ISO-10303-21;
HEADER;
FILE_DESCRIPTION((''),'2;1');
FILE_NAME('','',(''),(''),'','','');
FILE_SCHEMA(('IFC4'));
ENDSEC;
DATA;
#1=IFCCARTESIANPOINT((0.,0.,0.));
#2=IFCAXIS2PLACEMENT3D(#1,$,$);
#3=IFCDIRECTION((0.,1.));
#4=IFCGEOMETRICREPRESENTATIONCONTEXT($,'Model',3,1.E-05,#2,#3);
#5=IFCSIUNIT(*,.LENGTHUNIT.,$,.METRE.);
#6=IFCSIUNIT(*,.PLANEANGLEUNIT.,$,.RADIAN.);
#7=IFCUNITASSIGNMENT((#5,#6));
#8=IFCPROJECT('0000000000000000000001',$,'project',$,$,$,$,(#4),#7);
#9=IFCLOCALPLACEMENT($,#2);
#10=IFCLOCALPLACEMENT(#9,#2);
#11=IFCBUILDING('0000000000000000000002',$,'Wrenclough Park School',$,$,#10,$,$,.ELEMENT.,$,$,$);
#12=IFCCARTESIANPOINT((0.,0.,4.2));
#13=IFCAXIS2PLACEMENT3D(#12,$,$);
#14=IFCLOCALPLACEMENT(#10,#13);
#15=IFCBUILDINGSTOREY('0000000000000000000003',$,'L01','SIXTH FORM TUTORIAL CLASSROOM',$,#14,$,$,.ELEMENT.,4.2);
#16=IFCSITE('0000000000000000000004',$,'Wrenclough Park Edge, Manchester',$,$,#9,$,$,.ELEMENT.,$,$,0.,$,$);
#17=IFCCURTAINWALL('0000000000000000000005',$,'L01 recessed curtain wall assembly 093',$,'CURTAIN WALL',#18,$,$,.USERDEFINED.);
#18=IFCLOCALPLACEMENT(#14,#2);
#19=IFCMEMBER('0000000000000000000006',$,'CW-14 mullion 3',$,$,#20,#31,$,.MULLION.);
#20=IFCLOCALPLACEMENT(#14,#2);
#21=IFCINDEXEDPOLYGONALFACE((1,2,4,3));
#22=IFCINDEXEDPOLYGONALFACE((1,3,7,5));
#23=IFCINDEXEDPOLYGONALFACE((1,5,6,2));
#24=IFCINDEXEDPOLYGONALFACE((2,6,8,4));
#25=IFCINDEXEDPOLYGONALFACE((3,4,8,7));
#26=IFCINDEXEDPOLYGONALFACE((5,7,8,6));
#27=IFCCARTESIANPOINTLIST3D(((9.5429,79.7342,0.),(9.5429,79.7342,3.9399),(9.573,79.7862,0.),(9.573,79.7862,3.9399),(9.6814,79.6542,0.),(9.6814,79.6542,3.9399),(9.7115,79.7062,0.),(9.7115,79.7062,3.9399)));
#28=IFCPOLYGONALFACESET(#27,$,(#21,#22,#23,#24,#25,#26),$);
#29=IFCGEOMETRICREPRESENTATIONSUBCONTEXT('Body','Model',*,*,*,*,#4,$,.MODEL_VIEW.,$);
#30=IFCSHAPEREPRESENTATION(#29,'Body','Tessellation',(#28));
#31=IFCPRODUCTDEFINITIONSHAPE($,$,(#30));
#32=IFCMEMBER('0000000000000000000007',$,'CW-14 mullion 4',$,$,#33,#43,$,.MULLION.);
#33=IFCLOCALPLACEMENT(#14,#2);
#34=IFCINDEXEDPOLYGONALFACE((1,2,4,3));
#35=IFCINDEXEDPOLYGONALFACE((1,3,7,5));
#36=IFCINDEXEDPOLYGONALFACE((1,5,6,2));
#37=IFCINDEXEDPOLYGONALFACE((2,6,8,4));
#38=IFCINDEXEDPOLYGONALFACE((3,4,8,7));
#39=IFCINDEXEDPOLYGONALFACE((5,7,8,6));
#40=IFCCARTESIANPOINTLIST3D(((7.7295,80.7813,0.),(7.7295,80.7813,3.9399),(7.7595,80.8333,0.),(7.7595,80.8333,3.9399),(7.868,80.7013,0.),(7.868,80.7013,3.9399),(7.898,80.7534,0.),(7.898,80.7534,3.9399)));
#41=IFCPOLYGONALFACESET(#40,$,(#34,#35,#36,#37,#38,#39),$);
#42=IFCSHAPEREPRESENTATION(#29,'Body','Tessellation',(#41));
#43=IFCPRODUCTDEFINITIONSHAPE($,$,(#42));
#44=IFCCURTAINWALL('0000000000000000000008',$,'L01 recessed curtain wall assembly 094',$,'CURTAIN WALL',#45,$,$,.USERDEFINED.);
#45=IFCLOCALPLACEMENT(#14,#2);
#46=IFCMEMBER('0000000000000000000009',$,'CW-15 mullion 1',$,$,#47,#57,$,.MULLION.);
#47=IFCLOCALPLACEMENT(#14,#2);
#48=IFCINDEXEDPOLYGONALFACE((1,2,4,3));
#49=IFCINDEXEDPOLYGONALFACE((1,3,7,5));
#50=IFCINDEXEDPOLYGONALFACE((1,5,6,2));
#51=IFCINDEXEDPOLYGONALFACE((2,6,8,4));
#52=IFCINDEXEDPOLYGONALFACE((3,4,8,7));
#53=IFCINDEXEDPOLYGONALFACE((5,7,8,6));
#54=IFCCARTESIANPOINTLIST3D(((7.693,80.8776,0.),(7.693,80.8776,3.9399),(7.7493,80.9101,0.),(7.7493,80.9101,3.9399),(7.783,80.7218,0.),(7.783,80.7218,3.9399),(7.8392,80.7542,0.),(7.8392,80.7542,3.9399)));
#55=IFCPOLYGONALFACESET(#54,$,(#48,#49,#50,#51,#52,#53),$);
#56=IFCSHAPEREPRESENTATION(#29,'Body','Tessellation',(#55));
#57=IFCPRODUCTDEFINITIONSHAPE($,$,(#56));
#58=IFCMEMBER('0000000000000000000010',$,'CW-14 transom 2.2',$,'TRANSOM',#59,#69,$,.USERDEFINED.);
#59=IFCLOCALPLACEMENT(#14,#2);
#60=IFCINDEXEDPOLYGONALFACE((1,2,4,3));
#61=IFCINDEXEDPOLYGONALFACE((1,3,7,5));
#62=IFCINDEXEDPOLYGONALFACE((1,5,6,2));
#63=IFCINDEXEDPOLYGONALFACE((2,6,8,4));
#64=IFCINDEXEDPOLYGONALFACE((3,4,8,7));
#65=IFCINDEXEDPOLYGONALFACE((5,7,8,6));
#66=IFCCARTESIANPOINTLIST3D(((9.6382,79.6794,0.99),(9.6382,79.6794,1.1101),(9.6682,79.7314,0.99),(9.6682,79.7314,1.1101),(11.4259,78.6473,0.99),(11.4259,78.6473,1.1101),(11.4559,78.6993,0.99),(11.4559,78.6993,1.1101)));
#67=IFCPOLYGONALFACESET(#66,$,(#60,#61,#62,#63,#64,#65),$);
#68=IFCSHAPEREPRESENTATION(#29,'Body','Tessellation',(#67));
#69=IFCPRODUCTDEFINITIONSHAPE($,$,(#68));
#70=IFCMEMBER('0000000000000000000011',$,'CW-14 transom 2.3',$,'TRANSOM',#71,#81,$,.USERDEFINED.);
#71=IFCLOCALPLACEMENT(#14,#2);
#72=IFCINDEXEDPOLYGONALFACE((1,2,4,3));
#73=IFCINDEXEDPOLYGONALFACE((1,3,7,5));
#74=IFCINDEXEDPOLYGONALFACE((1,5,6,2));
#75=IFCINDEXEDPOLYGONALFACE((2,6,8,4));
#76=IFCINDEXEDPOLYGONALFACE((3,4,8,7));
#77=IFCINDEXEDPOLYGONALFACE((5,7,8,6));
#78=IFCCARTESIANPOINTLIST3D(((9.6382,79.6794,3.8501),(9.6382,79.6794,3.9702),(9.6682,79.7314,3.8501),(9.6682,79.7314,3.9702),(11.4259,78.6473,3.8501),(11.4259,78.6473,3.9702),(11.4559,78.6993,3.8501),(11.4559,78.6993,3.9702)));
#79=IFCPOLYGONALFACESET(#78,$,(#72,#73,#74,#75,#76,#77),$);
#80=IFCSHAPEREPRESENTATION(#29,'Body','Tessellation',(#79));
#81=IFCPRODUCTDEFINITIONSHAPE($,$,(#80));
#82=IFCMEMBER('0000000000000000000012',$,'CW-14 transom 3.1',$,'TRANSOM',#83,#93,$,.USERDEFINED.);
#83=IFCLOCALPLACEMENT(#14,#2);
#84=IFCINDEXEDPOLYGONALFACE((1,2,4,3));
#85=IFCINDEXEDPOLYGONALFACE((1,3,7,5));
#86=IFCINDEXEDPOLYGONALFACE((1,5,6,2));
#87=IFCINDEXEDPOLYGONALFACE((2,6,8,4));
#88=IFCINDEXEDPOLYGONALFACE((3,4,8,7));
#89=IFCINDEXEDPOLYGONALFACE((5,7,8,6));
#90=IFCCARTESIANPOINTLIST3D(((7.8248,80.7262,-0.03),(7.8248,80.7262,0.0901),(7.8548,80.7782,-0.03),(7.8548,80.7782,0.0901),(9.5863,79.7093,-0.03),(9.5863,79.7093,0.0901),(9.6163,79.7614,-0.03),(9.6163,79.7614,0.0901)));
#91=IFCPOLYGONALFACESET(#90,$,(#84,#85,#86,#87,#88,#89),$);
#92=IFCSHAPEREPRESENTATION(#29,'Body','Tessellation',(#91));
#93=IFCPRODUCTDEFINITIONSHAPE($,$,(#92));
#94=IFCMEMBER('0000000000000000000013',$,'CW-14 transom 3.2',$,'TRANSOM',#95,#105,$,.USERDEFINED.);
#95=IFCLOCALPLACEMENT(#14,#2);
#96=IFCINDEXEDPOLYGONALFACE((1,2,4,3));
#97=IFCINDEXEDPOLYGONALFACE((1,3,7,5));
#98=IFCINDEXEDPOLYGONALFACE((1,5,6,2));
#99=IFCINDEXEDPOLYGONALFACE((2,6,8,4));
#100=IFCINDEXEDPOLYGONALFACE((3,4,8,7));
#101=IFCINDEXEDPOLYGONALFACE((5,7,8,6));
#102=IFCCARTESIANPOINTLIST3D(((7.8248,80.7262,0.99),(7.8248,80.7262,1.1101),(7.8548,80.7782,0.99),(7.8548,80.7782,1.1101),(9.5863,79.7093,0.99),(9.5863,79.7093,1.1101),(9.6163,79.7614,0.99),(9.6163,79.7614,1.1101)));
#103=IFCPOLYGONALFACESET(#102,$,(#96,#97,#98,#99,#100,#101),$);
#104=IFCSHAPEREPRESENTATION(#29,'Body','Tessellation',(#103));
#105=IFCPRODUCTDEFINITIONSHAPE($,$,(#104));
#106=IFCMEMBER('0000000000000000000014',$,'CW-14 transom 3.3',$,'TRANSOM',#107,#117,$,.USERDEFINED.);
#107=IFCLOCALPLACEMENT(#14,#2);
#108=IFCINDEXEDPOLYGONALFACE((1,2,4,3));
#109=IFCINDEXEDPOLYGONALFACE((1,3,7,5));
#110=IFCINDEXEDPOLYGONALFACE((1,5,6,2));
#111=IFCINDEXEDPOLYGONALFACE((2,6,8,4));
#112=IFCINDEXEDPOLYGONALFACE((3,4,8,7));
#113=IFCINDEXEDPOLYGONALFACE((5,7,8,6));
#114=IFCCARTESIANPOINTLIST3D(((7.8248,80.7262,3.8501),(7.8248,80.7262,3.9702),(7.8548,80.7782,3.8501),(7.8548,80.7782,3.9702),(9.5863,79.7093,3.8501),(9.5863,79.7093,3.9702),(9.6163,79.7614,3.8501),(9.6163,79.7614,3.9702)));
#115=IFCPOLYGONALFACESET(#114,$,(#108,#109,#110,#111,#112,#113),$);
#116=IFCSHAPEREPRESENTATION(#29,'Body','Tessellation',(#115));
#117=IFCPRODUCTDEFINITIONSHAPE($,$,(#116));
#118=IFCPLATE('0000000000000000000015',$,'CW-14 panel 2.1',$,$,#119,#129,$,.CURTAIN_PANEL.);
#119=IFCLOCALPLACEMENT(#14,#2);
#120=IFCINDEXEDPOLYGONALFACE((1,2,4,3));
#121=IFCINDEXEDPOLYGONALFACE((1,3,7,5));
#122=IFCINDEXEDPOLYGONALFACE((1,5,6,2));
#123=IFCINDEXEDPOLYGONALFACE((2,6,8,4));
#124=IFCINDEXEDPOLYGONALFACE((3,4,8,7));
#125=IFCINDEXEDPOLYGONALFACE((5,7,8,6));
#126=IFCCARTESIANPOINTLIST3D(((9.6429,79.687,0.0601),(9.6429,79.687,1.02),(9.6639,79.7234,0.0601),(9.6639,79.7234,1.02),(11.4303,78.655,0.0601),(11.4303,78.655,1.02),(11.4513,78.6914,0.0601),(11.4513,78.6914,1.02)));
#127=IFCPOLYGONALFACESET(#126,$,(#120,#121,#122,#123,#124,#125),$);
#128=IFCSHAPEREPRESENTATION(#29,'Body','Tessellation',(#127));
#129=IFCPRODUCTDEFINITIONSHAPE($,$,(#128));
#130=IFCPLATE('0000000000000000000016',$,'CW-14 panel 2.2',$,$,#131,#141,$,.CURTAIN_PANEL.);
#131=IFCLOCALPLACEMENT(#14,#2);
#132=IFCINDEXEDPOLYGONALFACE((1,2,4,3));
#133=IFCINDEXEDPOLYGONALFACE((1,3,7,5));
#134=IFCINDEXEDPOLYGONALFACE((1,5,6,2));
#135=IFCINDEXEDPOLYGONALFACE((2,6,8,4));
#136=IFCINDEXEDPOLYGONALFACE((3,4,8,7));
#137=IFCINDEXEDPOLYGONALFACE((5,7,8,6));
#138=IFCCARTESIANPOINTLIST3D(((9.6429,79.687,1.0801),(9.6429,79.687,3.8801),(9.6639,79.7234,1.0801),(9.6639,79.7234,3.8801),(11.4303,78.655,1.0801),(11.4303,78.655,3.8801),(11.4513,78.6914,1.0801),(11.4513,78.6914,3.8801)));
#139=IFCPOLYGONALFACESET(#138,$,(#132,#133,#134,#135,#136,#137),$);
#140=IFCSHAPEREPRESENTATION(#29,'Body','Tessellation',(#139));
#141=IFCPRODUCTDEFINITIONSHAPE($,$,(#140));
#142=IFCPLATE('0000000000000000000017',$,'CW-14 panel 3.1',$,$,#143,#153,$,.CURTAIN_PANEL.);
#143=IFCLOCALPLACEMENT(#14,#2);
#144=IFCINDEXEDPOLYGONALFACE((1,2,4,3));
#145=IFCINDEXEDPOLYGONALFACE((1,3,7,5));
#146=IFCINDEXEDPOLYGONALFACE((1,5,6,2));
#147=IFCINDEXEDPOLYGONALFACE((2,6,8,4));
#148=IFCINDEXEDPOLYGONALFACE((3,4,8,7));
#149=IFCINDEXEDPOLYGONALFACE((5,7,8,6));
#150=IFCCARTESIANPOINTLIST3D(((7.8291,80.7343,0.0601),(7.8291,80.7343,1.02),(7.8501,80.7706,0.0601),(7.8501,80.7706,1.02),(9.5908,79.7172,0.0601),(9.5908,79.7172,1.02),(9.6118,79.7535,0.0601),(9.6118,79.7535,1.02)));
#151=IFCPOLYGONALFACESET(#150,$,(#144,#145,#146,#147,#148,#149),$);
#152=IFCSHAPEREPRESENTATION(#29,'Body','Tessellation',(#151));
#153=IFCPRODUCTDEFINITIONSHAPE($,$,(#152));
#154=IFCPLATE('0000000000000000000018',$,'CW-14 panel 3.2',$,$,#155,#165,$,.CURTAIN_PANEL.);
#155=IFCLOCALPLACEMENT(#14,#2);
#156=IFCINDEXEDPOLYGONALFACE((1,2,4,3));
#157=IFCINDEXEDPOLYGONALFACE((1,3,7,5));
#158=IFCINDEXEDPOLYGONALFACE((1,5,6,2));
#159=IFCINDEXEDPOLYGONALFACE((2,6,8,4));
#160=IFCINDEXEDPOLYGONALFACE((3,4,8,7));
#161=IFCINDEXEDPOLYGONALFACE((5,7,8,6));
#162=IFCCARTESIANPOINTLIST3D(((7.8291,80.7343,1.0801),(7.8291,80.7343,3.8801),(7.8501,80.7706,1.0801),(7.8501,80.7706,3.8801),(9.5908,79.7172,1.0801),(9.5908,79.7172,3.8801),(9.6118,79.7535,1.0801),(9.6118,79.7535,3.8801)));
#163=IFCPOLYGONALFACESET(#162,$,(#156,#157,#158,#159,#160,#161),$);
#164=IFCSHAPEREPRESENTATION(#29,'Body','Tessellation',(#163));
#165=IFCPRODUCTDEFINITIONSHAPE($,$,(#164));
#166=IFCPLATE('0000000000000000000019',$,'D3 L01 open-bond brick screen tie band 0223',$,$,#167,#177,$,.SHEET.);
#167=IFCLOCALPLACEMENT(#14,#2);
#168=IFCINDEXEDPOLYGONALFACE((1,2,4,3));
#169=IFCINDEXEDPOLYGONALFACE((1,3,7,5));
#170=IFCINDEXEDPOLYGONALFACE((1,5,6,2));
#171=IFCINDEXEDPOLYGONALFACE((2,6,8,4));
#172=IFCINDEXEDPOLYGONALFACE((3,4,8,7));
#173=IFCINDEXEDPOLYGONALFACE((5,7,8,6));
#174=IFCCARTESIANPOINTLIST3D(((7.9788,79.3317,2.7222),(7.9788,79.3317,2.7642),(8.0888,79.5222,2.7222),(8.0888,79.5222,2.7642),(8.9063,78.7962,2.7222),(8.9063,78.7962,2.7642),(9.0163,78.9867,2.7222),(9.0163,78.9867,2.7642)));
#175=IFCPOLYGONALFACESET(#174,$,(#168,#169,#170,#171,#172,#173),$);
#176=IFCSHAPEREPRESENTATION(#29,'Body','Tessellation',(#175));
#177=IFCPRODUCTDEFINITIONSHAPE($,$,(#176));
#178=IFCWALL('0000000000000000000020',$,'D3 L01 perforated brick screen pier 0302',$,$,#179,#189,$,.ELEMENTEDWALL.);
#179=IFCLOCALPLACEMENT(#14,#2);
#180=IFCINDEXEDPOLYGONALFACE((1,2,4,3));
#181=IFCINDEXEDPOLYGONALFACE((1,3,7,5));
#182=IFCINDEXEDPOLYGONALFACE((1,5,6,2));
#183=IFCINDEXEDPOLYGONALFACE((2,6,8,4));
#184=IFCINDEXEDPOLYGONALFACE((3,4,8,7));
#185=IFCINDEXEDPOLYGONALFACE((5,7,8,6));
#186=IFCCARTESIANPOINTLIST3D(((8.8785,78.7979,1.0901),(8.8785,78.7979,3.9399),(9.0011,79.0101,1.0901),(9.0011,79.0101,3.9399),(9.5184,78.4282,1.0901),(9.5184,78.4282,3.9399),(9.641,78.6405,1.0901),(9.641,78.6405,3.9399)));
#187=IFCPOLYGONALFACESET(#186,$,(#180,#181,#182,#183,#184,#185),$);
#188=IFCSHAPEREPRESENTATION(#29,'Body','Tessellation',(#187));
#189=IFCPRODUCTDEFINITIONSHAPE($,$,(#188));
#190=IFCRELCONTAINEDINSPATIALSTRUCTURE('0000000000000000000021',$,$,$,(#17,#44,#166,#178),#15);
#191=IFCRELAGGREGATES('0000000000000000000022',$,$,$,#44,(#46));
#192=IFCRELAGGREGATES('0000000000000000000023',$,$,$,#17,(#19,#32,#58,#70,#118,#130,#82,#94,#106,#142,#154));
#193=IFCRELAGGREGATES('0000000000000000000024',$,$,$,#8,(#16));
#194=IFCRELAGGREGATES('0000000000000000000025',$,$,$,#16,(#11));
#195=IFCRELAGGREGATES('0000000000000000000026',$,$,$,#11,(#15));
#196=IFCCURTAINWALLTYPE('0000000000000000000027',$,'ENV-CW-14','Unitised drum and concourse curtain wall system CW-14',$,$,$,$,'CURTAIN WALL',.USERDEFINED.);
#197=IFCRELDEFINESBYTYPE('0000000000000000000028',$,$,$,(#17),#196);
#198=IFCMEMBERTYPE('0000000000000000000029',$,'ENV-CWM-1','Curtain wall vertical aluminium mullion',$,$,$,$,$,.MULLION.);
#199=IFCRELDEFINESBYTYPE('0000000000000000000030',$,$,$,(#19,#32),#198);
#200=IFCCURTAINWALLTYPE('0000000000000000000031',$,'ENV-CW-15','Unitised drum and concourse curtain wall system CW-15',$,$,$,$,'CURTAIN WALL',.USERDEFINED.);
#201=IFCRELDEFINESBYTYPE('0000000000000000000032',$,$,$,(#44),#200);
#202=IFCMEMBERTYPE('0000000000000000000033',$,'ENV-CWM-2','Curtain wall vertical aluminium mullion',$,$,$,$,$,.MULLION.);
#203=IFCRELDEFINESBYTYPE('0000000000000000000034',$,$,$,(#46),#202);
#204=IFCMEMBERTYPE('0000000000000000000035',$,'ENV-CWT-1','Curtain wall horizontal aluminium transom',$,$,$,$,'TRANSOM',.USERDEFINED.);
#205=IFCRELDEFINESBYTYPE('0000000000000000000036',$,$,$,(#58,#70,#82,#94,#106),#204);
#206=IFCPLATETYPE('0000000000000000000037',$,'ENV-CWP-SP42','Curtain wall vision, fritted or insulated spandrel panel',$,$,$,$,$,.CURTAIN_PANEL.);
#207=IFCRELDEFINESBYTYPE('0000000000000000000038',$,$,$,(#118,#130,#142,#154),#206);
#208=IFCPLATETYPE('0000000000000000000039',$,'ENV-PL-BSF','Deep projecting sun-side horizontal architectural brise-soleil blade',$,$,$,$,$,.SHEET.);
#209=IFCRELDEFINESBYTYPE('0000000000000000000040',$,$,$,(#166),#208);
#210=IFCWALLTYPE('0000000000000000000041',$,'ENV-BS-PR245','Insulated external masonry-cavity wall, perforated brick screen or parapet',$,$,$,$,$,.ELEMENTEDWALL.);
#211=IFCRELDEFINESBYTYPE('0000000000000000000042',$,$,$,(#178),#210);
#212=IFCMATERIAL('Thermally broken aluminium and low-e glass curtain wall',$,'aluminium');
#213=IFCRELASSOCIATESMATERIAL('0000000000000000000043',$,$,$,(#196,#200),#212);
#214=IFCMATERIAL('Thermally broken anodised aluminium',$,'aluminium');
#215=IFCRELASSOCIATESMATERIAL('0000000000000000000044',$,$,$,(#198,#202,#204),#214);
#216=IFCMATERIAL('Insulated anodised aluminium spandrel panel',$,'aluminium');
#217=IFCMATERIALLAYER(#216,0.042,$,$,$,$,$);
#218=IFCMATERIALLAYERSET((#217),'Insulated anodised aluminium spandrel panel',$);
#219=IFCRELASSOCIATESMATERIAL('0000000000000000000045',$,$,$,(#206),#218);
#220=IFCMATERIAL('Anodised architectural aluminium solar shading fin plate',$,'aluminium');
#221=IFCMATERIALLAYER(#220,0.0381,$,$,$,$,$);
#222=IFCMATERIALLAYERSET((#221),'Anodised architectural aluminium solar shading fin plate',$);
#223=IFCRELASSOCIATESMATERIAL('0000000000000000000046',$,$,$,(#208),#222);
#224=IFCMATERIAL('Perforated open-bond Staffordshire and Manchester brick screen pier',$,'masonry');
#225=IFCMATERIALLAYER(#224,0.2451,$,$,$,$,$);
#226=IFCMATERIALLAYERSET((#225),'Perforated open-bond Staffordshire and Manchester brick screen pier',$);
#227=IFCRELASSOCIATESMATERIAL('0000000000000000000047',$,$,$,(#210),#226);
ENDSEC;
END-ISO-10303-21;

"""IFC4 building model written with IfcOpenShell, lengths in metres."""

from ifc_helpers import new_model, si_unit, direction, frame, frame_2d, origin, origin_2d, place, context, subcontext, project, spatial, rectangle, extrude, material, layer, layer_set, material_profile, profile_set, type_object, element, aggregate, save


model = new_model("IFC4")

# Units and contexts
model_context = context("Model", 3, precision=1e-05, world=origin(), true_north=direction((0.0, 1.0)))
body_context = subcontext(model_context, "Body", "Model", "MODEL_VIEW")
ifc_project = project(units=[si_unit("LENGTHUNIT", "METRE"), si_unit("PLANEANGLEUNIT", "RADIAN")], contexts=[model_context])

# Site, building, storey
site_placement = place(None, origin())
site = spatial("IfcSite", under=ifc_project, at=site_placement, Name="Wrenclough Park Edge, Manchester", CompositionType="ELEMENT", RefElevation=0.0)
building_placement = place(site_placement, origin())
building = spatial("IfcBuilding", under=site, at=building_placement, Name="Wrenclough Park School", CompositionType="ELEMENT")
storey_placement = place(building_placement, frame((0.0, 0.0, 4.2)))
storey = spatial("IfcBuildingStorey", under=building, at=storey_placement, Name="L01", Description="SIXTH FORM TUTORIAL CLASSROOM", CompositionType="ELEMENT", Elevation=4.2)

# Curtain wall, members
ifc_material_1 = material(Name="Thermally broken aluminium and low-e glass curtain wall", Category="aluminium")
curtain_wall_type_1 = type_object("IfcCurtainWallType", Name="ENV-CW-14", Description="Unitised drum and concourse curtain wall system CW-14", ElementType="CURTAIN WALL", PredefinedType="USERDEFINED", material=ifc_material_1)
curtain_wall_1_placement = place(storey_placement, origin())
curtain_wall_1 = element("IfcCurtainWall", 1, at=curtain_wall_1_placement, inside=storey, type_object=curtain_wall_type_1, Name="L01 recessed curtain wall assembly 093", ObjectType="CURTAIN WALL", PredefinedType="USERDEFINED")
ifc_material_2 = material(Name="Thermally broken anodised aluminium", Category="aluminium")
ifc_material_profile_1 = material_profile(ifc_material_2, rectangle(XDim=0.0601, YDim=0.1599, at=origin_2d()), Name="AL MULLION 60x160")
ifc_profile_set_1 = profile_set([ifc_material_profile_1], Name="Thermally broken anodised aluminium")
member_type_1 = type_object("IfcMemberType", Name="ENV-CWM-1", Description="Curtain wall vertical aluminium mullion", PredefinedType="MULLION", material=ifc_profile_set_1)
member_1_placement = place(storey_placement, frame((9.6272, 79.7202, 0.0), z_axis=(0.0, 0.0, 1.0), x_axis=(-0.499999, -0.866026, 0.0)))
member_1 = element("IfcMember", 2, at=member_1_placement, type_object=member_type_1, Name="CW-14 mullion 3", PredefinedType="MULLION", context=body_context, shape_type="SweptSolid", body=[
    extrude(rectangle(XDim=0.0601, YDim=0.1599, at=origin_2d()), origin(), (0.0, 0.0, 1.0), 3.9399),
])
member_2_placement = place(storey_placement, frame((7.8137, 80.7673, 0.0), z_axis=(0.0, 0.0, 1.0), x_axis=(-0.499999, -0.866026, 0.0)))
member_2 = element("IfcMember", 3, at=member_2_placement, type_object=member_type_1, Name="CW-14 mullion 4", PredefinedType="MULLION", context=body_context, shape_type="SweptSolid", body=[
    extrude(rectangle(XDim=0.0601, YDim=0.1599, at=origin_2d()), origin(), (0.0, 0.0, 1.0), 3.9399),
])

# Curtain wall, member
curtain_wall_type_2 = type_object("IfcCurtainWallType", Name="ENV-CW-15", Description="Unitised drum and concourse curtain wall system CW-15", ElementType="CURTAIN WALL", PredefinedType="USERDEFINED", material=ifc_material_1)
curtain_wall_2_placement = place(storey_placement, origin())
curtain_wall_2 = element("IfcCurtainWall", 4, at=curtain_wall_2_placement, inside=storey, type_object=curtain_wall_type_2, Name="L01 recessed curtain wall assembly 094", ObjectType="CURTAIN WALL", PredefinedType="USERDEFINED")
ifc_material_profile_2 = material_profile(ifc_material_2, rectangle(XDim=0.0649, YDim=0.1799, at=origin_2d()), Name="AL MULLION 65x180")
ifc_profile_set_2 = profile_set([ifc_material_profile_2], Name="Thermally broken anodised aluminium")
member_type_2 = type_object("IfcMemberType", Name="ENV-CWM-2", Description="Curtain wall vertical aluminium mullion", PredefinedType="MULLION", material=ifc_profile_set_2)
member_3_placement = place(storey_placement, frame((7.7661, 80.8159, 0.0), z_axis=(0.0, 0.0, 1.0), x_axis=(-0.866026, -0.499999, 0.0)))
member_3 = element("IfcMember", 5, at=member_3_placement, type_object=member_type_2, Name="CW-15 mullion 1", PredefinedType="MULLION", context=body_context, shape_type="SweptSolid", body=[
    extrude(rectangle(XDim=0.0649, YDim=0.1799, at=origin_2d()), origin(), (0.0, 0.0, 1.0), 3.9399),
])
aggregate(curtain_wall_2, [member_3])

# Members
ifc_material_profile_3 = material_profile(ifc_material_2, rectangle(XDim=0.0601, YDim=0.1201, at=origin_2d()), Name="AL TRANSOM 60x120")
ifc_profile_set_3 = profile_set([ifc_material_profile_3], Name="Thermally broken anodised aluminium")
member_type_3 = type_object("IfcMemberType", Name="ENV-CWT-1", Description="Curtain wall horizontal aluminium transom", ElementType="TRANSOM", PredefinedType="USERDEFINED", material=ifc_profile_set_3)
member_4_placement = place(storey_placement, frame((11.4409, 78.6733, 1.05), z_axis=(-0.866044, 0.499968, 0.0), x_axis=(-0.499968, -0.866044, 0.0)))
member_4 = element("IfcMember", 6, at=member_4_placement, type_object=member_type_3, Name="CW-14 transom 2.2", ObjectType="TRANSOM", PredefinedType="USERDEFINED", context=body_context, shape_type="SweptSolid", body=[
    extrude(rectangle(XDim=0.0601, YDim=0.1201, at=origin_2d()), origin(), (0.0, 0.0, 1.0), 2.0642),
])
member_5_placement = place(storey_placement, frame((11.4409, 78.6733, 3.9102), z_axis=(-0.866044, 0.499968, 0.0), x_axis=(-0.499968, -0.866044, 0.0)))
member_5 = element("IfcMember", 7, at=member_5_placement, type_object=member_type_3, Name="CW-14 transom 2.3", ObjectType="TRANSOM", PredefinedType="USERDEFINED", context=body_context, shape_type="SweptSolid", body=[
    extrude(rectangle(XDim=0.0601, YDim=0.1201, at=origin_2d()), origin(), (0.0, 0.0, 1.0), 2.0642),
])
member_6_placement = place(storey_placement, frame((9.6013, 79.7354, 0.03), z_axis=(-0.866056, 0.499948, 0.0), x_axis=(-0.499948, -0.866056, 0.0)))
member_6 = element("IfcMember", 8, at=member_6_placement, type_object=member_type_3, Name="CW-14 transom 3.1", ObjectType="TRANSOM", PredefinedType="USERDEFINED", context=body_context, shape_type="SweptSolid", body=[
    extrude(rectangle(XDim=0.0601, YDim=0.1201, at=origin_2d()), origin(), (0.0, 0.0, 1.0), 2.0339),
])
member_7_placement = place(storey_placement, frame((9.6013, 79.7354, 1.05), z_axis=(-0.866056, 0.499948, 0.0), x_axis=(-0.499948, -0.866056, 0.0)))
member_7 = element("IfcMember", 9, at=member_7_placement, type_object=member_type_3, Name="CW-14 transom 3.2", ObjectType="TRANSOM", PredefinedType="USERDEFINED", context=body_context, shape_type="SweptSolid", body=[
    extrude(rectangle(XDim=0.0601, YDim=0.1201, at=origin_2d()), origin(), (0.0, 0.0, 1.0), 2.0339),
])
member_8_placement = place(storey_placement, frame((9.6013, 79.7354, 3.9102), z_axis=(-0.866056, 0.499948, 0.0), x_axis=(-0.499948, -0.866056, 0.0)))
member_8 = element("IfcMember", 10, at=member_8_placement, type_object=member_type_3, Name="CW-14 transom 3.3", ObjectType="TRANSOM", PredefinedType="USERDEFINED", context=body_context, shape_type="SweptSolid", body=[
    extrude(rectangle(XDim=0.0601, YDim=0.1201, at=origin_2d()), origin(), (0.0, 0.0, 1.0), 2.0339),
])

# Plates
ifc_material_3 = material(Name="Insulated anodised aluminium spandrel panel", Category="aluminium")
ifc_layer_1 = layer(ifc_material_3, 0.042)
ifc_layer_set_1 = layer_set([ifc_layer_1], Name="Insulated anodised aluminium spandrel panel")
plate_type_1 = type_object("IfcPlateType", Name="ENV-CWP-SP42", Description="Curtain wall vision, fritted or insulated spandrel panel", PredefinedType="CURTAIN_PANEL", material=ifc_layer_set_1)
plate_1_placement = place(storey_placement, frame((10.5471, 79.1892, 0.0601), z_axis=(0.0, 0.0, 1.0), x_axis=(-0.866026, 0.499999, 0.0)))
plate_1 = element("IfcPlate", 11, at=plate_1_placement, type_object=plate_type_1, Name="CW-14 panel 2.1", PredefinedType="CURTAIN_PANEL", context=body_context, shape_type="SweptSolid", body=[
    extrude(rectangle(XDim=2.064, YDim=0.042, at=origin_2d()), origin(), (0.0, 0.0, 1.0), 0.96),
])
plate_2_placement = place(storey_placement, frame((10.5471, 79.1892, 1.0801), z_axis=(0.0, 0.0, 1.0), x_axis=(-0.866026, 0.499999, 0.0)))
plate_2 = element("IfcPlate", 12, at=plate_2_placement, type_object=plate_type_1, Name="CW-14 panel 2.2", PredefinedType="CURTAIN_PANEL", context=body_context, shape_type="SweptSolid", body=[
    extrude(rectangle(XDim=2.064, YDim=0.042, at=origin_2d()), origin(), (0.0, 0.0, 1.0), 2.8),
])
plate_3_placement = place(storey_placement, frame((8.7205, 80.2439, 0.0601), z_axis=(0.0, 0.0, 1.0), x_axis=(-0.866026, 0.499999, 0.0)))
plate_3 = element("IfcPlate", 13, at=plate_3_placement, type_object=plate_type_1, Name="CW-14 panel 3.1", PredefinedType="CURTAIN_PANEL", context=body_context, shape_type="SweptSolid", body=[
    extrude(rectangle(XDim=2.0342, YDim=0.042, at=origin_2d()), origin(), (0.0, 0.0, 1.0), 0.96),
])
plate_4_placement = place(storey_placement, frame((8.7205, 80.2439, 1.0801), z_axis=(0.0, 0.0, 1.0), x_axis=(-0.866026, 0.499999, 0.0)))
plate_4 = element("IfcPlate", 14, at=plate_4_placement, type_object=plate_type_1, Name="CW-14 panel 3.2", PredefinedType="CURTAIN_PANEL", context=body_context, shape_type="SweptSolid", body=[
    extrude(rectangle(XDim=2.0342, YDim=0.042, at=origin_2d()), origin(), (0.0, 0.0, 1.0), 2.8),
])
aggregate(curtain_wall_1, [member_1, member_2, member_4, member_5, plate_1, plate_2, member_6, member_7, member_8, plate_3, plate_4])
ifc_material_4 = material(Name="Anodised architectural aluminium solar shading fin plate", Category="aluminium")
ifc_layer_2 = layer(ifc_material_4, 0.0381)
ifc_layer_set_2 = layer_set([ifc_layer_2], Name="Anodised architectural aluminium solar shading fin plate")
plate_type_2 = type_object("IfcPlateType", Name="ENV-PL-BSF", Description="Deep projecting sun-side horizontal architectural brise-soleil blade", PredefinedType="SHEET", material=ifc_layer_set_2)
plate_5_placement = place(storey_placement, frame((8.4976, 79.1592, 2.7222), z_axis=(0.0, 0.0, 1.0), x_axis=(0.866031, -0.499991, 0.0)))
element("IfcPlate", 15, at=plate_5_placement, inside=storey, type_object=plate_type_2, Name="D3 L01 open-bond brick screen tie band 0223", PredefinedType="SHEET", context=body_context, shape_type="SweptSolid", body=[
    extrude(rectangle(XDim=1.071, YDim=0.22, at=origin_2d()), origin(), (0.0, 0.0, 1.0), 0.042),
])

# Wall
ifc_material_5 = material(Name="Perforated open-bond Staffordshire and Manchester brick screen pier", Category="masonry")
ifc_layer_3 = layer(ifc_material_5, 0.2451)
ifc_layer_set_3 = layer_set([ifc_layer_3], Name="Perforated open-bond Staffordshire and Manchester brick screen pier")
wall_type_1 = type_object("IfcWallType", Name="ENV-BS-PR245", Description="Insulated external masonry-cavity wall, perforated brick screen or parapet", PredefinedType="ELEMENTEDWALL", material=ifc_layer_set_3)
wall_1_placement = place(storey_placement, frame((8.9397, 78.9041, 1.0901), z_axis=(0.0, 0.0, 1.0), x_axis=(0.865916, -0.50019, 0.0)))
element("IfcWall", 16, at=wall_1_placement, inside=storey, type_object=wall_type_1, Name="D3 L01 perforated brick screen pier 0302", PredefinedType="ELEMENTEDWALL", context=body_context, shape_type="SweptSolid", body=[
    extrude(rectangle(XDim=0.739, YDim=0.2451, at=frame_2d((0.3696, 0.0))), origin(), (0.0, 0.0, 1.0), 2.8499),
])

save(model, "model.ifc")
